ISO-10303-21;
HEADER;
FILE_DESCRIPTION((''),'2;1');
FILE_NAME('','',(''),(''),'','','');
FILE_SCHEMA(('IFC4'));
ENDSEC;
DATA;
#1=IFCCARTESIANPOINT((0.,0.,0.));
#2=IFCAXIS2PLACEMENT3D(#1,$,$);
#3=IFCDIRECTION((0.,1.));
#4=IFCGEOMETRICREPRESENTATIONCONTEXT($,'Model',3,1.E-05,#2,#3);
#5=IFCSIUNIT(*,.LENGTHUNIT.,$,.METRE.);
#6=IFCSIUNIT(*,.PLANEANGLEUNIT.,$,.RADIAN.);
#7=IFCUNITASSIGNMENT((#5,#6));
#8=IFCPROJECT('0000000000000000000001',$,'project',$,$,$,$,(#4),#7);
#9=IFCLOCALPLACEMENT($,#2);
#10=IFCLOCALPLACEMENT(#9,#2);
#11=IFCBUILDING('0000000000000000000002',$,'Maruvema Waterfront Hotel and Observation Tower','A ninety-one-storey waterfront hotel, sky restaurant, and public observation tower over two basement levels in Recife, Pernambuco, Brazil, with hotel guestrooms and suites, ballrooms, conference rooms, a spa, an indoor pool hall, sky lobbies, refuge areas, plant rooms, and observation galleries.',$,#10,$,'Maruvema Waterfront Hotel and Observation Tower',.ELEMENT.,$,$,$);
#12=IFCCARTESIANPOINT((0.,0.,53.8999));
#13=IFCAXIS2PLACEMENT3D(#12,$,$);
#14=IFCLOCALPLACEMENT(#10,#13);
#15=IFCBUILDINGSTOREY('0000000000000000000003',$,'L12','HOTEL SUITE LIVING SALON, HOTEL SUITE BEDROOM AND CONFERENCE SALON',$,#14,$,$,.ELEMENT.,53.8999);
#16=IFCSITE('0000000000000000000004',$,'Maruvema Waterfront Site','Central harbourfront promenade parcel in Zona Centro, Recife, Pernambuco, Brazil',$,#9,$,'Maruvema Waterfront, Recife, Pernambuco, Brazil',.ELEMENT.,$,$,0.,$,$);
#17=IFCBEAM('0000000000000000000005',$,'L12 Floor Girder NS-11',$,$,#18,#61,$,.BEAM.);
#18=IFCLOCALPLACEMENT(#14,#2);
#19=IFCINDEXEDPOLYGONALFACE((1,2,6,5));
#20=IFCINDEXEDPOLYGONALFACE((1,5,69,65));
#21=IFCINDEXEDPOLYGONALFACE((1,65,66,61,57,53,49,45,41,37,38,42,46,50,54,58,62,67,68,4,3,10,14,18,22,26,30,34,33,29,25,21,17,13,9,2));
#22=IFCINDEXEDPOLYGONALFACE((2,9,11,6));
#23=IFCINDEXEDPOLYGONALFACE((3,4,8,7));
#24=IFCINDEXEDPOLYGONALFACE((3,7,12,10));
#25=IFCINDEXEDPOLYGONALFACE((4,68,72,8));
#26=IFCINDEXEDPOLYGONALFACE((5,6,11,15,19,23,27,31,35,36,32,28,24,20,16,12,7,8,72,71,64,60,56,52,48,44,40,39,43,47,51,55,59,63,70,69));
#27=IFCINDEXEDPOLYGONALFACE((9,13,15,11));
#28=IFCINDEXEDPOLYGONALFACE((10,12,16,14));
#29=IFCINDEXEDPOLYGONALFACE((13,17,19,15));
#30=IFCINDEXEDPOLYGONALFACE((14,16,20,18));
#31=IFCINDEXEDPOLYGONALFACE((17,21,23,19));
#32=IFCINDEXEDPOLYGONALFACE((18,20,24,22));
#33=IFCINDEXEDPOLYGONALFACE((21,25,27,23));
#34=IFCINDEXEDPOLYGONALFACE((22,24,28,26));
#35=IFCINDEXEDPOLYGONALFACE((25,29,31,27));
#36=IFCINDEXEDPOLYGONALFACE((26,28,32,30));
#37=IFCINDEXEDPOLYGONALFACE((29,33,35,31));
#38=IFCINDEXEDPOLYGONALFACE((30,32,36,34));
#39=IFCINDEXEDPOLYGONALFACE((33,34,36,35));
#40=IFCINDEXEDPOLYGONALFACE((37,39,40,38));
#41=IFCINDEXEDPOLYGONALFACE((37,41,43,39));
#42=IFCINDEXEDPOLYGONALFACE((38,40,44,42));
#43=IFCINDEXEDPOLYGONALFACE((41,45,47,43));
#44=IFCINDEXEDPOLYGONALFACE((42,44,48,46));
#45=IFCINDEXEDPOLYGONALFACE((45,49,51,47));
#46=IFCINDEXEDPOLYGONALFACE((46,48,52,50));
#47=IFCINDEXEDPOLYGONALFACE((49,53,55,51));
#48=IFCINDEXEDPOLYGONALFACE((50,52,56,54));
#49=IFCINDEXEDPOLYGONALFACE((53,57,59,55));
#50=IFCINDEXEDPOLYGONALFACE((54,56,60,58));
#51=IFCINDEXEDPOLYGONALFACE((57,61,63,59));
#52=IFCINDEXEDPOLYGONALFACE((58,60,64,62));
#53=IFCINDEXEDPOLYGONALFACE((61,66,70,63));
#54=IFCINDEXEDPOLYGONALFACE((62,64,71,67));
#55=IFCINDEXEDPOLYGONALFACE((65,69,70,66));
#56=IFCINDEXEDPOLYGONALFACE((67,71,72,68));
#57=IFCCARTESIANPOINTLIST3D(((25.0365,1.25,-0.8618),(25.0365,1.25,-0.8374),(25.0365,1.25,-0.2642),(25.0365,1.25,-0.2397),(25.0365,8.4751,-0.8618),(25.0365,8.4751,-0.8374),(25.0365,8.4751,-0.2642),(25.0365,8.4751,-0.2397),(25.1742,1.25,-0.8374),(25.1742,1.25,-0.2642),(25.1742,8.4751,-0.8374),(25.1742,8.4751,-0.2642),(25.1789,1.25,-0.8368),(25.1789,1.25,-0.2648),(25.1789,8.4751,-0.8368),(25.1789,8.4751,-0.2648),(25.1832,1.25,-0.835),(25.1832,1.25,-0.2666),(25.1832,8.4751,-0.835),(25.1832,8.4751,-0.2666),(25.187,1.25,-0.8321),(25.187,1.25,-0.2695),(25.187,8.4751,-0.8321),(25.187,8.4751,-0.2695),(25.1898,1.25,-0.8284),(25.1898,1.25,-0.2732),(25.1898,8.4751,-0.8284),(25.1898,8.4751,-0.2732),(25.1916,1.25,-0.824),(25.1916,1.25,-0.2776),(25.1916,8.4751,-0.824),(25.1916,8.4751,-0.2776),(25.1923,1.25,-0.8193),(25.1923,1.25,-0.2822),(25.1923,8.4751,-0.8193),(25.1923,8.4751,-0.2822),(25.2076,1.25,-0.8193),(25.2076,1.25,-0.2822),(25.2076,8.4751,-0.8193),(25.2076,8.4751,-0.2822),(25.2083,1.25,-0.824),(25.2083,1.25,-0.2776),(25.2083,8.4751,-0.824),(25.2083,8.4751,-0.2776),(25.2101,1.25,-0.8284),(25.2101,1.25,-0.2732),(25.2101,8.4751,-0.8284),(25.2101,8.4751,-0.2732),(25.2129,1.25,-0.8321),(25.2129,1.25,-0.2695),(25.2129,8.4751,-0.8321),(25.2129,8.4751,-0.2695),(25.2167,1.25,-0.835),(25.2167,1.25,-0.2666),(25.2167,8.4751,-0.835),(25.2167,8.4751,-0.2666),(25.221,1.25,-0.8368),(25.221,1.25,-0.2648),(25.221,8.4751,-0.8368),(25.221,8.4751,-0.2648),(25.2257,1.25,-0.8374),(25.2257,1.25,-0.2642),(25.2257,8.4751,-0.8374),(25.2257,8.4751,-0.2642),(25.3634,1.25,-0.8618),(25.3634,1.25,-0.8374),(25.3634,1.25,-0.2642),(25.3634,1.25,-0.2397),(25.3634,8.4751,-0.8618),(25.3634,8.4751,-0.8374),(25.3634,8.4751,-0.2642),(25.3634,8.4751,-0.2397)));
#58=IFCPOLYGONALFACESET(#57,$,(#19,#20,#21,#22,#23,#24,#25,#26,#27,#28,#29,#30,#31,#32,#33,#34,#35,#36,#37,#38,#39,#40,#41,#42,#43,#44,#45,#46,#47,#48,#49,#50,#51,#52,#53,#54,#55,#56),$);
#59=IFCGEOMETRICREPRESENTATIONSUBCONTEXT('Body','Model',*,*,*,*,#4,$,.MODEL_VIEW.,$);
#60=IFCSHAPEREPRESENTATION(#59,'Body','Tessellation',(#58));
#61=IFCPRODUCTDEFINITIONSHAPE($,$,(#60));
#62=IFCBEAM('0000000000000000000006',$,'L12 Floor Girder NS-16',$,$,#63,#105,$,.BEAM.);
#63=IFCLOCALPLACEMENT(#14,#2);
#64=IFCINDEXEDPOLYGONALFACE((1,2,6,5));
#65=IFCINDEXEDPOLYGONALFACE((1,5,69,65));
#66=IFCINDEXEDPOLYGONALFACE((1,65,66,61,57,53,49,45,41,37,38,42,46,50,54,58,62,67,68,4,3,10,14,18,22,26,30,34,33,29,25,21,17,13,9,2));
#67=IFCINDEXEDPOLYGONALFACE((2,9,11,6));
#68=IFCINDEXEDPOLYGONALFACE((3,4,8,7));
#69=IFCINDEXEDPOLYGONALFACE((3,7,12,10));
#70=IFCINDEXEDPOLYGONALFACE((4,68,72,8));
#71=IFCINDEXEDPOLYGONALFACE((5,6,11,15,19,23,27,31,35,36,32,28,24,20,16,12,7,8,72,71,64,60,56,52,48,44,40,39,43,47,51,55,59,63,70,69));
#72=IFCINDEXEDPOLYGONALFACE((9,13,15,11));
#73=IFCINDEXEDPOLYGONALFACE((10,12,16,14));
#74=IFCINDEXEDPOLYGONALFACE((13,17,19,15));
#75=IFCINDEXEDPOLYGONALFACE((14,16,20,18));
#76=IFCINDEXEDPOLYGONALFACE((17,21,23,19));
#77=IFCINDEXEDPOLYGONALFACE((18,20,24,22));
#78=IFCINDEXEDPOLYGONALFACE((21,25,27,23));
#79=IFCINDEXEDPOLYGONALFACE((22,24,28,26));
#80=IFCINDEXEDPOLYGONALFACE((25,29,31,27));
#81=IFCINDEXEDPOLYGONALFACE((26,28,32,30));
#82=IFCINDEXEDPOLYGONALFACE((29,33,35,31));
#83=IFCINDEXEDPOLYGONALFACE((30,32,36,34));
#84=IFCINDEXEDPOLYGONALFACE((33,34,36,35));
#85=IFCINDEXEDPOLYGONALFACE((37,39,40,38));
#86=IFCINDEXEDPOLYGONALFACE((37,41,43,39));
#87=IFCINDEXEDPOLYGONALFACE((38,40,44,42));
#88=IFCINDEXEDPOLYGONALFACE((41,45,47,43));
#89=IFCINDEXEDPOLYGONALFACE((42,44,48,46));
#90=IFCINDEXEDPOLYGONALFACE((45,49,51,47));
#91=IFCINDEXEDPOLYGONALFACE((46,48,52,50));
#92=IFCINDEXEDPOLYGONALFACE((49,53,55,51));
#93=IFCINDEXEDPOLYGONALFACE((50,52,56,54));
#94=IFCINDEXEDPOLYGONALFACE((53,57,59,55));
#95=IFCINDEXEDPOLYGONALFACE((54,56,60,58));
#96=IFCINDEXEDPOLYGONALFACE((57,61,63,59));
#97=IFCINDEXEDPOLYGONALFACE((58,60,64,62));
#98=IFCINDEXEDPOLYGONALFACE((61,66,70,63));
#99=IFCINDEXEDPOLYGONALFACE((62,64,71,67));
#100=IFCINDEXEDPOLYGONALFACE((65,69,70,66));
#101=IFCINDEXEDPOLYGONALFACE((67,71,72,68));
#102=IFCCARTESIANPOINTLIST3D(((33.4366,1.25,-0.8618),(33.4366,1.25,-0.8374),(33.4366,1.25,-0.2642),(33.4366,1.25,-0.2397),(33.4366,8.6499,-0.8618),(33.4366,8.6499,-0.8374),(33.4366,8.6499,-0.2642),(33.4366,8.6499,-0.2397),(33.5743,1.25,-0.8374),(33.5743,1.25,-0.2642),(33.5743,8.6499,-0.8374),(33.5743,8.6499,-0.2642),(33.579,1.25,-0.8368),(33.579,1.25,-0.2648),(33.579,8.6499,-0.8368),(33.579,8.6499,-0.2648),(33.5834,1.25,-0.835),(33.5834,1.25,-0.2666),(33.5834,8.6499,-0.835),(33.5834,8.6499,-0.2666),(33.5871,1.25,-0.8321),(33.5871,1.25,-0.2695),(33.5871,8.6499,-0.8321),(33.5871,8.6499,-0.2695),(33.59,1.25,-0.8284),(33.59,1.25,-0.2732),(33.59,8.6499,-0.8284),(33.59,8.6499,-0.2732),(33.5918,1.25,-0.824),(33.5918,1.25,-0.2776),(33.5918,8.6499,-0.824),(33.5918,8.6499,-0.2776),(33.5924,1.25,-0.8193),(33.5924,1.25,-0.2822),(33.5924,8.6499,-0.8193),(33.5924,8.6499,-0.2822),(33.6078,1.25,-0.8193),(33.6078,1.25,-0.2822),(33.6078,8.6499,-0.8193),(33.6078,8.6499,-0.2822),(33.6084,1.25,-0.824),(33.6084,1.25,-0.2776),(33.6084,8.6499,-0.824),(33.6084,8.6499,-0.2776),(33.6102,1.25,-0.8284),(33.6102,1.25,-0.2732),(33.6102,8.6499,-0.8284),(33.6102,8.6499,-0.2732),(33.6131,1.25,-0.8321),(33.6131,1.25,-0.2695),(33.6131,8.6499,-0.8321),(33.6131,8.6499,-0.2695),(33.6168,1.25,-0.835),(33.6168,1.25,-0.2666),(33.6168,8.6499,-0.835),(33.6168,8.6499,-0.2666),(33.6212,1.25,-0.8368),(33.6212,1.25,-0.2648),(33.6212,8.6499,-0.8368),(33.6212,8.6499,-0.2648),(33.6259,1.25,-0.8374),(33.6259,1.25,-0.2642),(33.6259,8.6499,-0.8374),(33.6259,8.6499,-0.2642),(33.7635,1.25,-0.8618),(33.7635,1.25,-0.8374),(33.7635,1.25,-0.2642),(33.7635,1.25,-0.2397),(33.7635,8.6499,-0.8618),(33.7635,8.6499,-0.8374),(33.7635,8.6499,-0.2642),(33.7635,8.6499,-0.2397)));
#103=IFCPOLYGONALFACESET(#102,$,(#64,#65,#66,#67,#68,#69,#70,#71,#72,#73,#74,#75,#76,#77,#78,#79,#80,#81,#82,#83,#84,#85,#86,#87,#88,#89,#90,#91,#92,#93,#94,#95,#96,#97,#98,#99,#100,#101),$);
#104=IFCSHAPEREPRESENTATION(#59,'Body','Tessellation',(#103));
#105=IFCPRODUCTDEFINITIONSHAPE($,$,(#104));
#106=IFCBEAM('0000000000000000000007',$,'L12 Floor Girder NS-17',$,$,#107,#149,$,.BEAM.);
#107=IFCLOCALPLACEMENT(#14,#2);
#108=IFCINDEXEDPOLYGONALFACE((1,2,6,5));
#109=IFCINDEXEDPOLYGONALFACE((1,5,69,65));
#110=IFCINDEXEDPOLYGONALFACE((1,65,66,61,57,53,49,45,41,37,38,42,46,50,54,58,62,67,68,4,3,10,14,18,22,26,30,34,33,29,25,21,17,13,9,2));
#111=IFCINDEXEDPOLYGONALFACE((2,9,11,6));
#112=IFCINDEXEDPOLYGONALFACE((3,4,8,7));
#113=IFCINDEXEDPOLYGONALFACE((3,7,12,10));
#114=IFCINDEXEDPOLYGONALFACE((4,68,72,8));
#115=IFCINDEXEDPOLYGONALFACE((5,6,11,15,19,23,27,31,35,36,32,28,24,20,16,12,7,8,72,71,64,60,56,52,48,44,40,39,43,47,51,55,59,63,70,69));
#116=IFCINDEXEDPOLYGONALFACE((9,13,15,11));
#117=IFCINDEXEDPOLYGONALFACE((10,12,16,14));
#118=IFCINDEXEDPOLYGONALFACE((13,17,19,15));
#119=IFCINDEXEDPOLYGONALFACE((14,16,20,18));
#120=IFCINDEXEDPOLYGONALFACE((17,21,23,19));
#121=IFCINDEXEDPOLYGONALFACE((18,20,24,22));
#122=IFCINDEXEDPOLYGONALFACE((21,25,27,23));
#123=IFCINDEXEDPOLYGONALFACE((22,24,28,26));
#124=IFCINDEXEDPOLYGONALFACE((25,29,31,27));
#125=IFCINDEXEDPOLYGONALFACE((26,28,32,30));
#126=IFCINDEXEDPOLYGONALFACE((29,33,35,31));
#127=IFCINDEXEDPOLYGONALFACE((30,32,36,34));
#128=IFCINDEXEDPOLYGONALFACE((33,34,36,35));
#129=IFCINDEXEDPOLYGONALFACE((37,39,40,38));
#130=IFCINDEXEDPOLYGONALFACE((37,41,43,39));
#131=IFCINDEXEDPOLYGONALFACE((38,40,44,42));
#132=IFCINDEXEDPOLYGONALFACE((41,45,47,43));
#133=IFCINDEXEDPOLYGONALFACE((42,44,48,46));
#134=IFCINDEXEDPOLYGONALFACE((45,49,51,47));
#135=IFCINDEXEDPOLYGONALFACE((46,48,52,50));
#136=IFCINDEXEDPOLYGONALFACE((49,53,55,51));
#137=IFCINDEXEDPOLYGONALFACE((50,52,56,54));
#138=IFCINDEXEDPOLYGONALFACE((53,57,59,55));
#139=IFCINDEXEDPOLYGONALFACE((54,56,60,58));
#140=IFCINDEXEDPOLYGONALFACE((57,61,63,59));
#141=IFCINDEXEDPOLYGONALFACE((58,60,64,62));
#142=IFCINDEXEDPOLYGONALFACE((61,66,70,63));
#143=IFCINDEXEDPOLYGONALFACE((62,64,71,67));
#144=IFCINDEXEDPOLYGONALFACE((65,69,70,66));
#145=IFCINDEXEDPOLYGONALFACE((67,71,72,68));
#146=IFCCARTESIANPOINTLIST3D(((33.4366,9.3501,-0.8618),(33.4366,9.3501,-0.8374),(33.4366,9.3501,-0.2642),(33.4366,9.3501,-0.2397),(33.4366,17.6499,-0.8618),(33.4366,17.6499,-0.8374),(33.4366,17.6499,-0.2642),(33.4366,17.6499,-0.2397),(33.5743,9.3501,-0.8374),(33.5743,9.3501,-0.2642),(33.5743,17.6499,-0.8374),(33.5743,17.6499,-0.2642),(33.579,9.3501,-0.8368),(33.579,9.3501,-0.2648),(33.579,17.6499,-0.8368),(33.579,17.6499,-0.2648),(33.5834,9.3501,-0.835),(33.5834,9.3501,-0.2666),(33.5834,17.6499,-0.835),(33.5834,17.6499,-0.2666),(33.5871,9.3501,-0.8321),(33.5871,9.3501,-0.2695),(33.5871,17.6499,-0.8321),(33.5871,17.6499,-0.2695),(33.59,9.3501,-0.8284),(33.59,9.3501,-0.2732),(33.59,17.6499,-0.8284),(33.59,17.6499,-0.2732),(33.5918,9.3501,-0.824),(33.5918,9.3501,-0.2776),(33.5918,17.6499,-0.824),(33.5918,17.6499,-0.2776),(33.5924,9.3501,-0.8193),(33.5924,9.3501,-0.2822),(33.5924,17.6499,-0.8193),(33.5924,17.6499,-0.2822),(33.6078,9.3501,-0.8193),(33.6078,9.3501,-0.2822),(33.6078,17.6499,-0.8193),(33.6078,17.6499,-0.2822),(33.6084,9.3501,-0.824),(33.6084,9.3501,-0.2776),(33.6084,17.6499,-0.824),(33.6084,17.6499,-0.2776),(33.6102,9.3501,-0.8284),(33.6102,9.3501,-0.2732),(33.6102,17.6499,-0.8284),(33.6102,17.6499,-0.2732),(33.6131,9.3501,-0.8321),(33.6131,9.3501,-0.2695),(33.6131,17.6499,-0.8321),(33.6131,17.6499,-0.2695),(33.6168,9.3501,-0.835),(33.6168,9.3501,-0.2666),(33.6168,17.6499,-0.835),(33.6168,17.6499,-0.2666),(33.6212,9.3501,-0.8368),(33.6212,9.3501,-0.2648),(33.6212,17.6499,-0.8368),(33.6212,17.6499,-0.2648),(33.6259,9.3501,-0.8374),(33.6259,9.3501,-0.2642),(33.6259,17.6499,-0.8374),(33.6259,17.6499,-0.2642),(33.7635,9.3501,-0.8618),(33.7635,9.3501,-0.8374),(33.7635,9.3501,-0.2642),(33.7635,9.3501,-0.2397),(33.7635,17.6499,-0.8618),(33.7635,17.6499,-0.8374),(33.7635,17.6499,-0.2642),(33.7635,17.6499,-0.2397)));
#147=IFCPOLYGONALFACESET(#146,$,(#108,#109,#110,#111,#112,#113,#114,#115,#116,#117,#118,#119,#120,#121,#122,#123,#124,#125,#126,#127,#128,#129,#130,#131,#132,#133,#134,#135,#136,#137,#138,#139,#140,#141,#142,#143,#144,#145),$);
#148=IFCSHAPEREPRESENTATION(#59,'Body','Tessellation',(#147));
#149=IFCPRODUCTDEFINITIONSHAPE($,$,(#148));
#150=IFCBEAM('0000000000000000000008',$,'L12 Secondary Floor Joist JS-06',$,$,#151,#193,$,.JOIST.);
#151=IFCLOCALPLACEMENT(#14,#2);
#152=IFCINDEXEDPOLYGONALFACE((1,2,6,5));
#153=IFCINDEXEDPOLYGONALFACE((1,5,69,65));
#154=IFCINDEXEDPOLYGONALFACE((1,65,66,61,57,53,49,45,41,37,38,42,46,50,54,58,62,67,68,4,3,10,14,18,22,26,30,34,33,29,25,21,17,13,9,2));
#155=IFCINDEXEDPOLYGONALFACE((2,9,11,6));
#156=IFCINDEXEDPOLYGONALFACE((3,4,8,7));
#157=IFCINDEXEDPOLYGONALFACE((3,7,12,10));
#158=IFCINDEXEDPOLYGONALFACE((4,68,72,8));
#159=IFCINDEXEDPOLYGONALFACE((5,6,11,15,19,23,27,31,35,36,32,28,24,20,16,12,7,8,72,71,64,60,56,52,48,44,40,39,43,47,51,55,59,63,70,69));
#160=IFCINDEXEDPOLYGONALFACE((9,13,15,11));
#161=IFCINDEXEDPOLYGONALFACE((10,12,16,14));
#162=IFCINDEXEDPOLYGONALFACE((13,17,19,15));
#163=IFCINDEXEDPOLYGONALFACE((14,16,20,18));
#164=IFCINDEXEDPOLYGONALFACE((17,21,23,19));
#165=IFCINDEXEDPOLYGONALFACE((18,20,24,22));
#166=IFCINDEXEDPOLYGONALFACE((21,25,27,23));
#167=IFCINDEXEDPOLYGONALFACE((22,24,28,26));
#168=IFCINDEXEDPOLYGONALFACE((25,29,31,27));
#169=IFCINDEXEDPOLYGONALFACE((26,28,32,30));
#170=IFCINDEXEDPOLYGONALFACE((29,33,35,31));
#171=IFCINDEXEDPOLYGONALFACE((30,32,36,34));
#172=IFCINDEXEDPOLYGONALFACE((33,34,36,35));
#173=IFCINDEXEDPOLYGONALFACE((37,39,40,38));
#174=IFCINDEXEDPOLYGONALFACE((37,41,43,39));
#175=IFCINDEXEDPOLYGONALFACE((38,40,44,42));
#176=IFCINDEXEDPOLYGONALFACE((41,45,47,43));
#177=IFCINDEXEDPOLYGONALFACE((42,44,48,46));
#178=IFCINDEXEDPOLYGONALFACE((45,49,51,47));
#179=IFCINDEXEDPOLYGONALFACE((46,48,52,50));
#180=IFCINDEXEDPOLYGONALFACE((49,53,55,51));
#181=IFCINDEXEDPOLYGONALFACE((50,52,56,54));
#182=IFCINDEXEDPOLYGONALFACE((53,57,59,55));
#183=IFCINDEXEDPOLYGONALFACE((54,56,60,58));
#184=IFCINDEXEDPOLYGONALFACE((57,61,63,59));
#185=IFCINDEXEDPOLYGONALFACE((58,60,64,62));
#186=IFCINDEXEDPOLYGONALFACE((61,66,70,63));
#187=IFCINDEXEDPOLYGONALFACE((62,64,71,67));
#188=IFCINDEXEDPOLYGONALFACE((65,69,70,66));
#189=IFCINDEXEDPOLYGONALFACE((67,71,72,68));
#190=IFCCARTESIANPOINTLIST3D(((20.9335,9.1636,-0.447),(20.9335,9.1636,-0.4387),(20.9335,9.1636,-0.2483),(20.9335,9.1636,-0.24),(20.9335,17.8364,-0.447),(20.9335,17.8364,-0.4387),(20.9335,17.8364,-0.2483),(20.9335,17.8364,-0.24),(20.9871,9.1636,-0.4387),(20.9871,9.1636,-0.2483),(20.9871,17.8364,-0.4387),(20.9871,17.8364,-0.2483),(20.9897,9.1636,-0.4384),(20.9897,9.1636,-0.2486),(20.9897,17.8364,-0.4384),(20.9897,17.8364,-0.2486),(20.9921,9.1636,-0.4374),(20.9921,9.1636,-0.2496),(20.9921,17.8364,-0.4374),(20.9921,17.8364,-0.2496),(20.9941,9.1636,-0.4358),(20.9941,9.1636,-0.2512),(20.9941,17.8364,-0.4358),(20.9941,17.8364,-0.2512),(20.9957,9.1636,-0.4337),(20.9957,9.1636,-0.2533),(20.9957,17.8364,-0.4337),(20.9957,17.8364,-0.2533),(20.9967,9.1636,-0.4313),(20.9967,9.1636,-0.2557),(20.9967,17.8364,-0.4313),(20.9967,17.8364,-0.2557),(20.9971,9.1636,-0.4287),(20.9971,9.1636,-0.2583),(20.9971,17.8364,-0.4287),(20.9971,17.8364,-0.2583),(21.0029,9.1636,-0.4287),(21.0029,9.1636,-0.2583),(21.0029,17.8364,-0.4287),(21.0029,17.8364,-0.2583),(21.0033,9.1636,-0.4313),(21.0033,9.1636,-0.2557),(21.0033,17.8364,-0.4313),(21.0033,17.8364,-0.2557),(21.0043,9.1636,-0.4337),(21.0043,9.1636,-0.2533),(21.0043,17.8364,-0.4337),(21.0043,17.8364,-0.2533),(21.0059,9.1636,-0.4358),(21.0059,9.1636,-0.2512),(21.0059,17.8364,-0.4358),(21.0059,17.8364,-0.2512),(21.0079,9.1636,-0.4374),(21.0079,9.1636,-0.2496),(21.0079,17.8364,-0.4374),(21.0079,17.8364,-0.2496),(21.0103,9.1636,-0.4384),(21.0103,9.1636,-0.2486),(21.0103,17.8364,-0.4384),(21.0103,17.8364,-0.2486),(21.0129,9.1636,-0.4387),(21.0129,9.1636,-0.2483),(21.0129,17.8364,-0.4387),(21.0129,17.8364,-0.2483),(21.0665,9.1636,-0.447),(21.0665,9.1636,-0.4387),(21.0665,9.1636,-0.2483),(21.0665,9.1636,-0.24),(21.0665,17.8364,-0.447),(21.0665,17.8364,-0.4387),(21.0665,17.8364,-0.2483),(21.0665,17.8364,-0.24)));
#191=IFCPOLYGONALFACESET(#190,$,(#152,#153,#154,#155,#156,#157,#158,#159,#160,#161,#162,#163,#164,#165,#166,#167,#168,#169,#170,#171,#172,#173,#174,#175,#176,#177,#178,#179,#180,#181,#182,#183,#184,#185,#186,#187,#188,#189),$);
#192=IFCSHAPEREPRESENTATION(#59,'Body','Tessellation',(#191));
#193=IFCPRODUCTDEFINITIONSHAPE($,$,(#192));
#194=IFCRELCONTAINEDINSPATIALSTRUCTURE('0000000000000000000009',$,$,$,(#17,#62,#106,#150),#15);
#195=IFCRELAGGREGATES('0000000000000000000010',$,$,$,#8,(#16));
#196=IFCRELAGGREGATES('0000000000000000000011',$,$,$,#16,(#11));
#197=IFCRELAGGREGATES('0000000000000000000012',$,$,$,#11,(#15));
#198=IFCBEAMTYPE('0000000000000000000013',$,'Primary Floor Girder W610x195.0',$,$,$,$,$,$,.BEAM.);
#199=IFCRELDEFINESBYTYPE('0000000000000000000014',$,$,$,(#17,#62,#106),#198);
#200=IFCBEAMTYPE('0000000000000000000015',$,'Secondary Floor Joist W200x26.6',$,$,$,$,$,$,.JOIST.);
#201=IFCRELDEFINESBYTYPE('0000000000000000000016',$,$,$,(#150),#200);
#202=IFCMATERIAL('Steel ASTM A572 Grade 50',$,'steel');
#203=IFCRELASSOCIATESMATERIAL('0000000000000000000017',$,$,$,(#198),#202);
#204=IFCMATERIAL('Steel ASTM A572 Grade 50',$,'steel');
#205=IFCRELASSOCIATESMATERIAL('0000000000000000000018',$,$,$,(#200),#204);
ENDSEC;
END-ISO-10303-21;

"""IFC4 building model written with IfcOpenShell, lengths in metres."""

from ifc_helpers import new_model, si_unit, direction, frame, origin, origin_2d, place, context, subcontext, project, spatial, i_section, extrude, material, material_profile, profile_set, type_object, element, save


model = new_model("IFC4")

# Units and contexts
model_context = context("Model", 3, precision=1e-05, world=origin(), true_north=direction((0.0, 1.0)))
body_context = subcontext(model_context, "Body", "Model", "MODEL_VIEW")
ifc_project = project(units=[si_unit("LENGTHUNIT", "METRE"), si_unit("PLANEANGLEUNIT", "RADIAN")], contexts=[model_context])

# Site, building, storey
site_placement = place(None, origin())
site = spatial("IfcSite", under=ifc_project, at=site_placement, Name="Maruvema Waterfront Site", Description="Central harbourfront promenade parcel in Zona Centro, Recife, Pernambuco, Brazil", LongName="Maruvema Waterfront, Recife, Pernambuco, Brazil", CompositionType="ELEMENT", RefElevation=0.0)
building_placement = place(site_placement, origin())
building = spatial("IfcBuilding", under=site, at=building_placement, Name="Maruvema Waterfront Hotel and Observation Tower", Description="A ninety-one-storey waterfront hotel, sky restaurant, and public observation tower over two basement levels in Recife, Pernambuco, Brazil, with hotel guestrooms and suites, ballrooms, conference rooms, a spa, an indoor pool hall, sky lobbies, refuge areas, plant rooms, and observation galleries.", LongName="Maruvema Waterfront Hotel and Observation Tower", CompositionType="ELEMENT")
storey_placement = place(building_placement, frame((0.0, 0.0, 53.8999)))
storey = spatial("IfcBuildingStorey", under=building, at=storey_placement, Name="L12", Description="HOTEL SUITE LIVING SALON, HOTEL SUITE BEDROOM AND CONFERENCE SALON", CompositionType="ELEMENT", Elevation=53.8999)

# Beams
ifc_material_1 = material(Name="Steel ASTM A572 Grade 50", Category="steel")
ifc_material_profile_1 = material_profile(ifc_material_1, i_section(OverallWidth=0.3269, OverallDepth=0.6221, WebThickness=0.0154, FlangeThickness=0.0244, FilletRadius=0.0181, at=origin_2d()), Name="W610x195.0")
ifc_profile_set_1 = profile_set([ifc_material_profile_1], Name="Steel ASTM A572 Grade 50")
beam_type_1 = type_object("IfcBeamType", Name="Primary Floor Girder W610x195.0", PredefinedType="BEAM", material=ifc_profile_set_1)
beam_1_placement = place(storey_placement, frame((25.2, 1.25, -0.5508), z_axis=(0.0, 1.0, 0.0), x_axis=(-1.0, 0.0, 0.0)))
element("IfcBeam", 1, at=beam_1_placement, inside=storey, type_object=beam_type_1, Name="L12 Floor Girder NS-11", PredefinedType="BEAM", context=body_context, shape_type="SweptSolid", body=[
    extrude(i_section(OverallWidth=0.3269, OverallDepth=0.6221, WebThickness=0.0154, FlangeThickness=0.0244, FilletRadius=0.0181, at=origin_2d()), origin(), (0.0, 0.0, 1.0), 7.2251),
])
beam_2_placement = place(storey_placement, frame((33.6001, 1.25, -0.5508), z_axis=(0.0, 1.0, 0.0), x_axis=(-1.0, 0.0, 0.0)))
element("IfcBeam", 2, at=beam_2_placement, inside=storey, type_object=beam_type_1, Name="L12 Floor Girder NS-16", PredefinedType="BEAM", context=body_context, shape_type="SweptSolid", body=[
    extrude(i_section(OverallWidth=0.3269, OverallDepth=0.6221, WebThickness=0.0154, FlangeThickness=0.0244, FilletRadius=0.0181, at=origin_2d()), origin(), (0.0, 0.0, 1.0), 7.3999),
])
beam_3_placement = place(storey_placement, frame((33.6001, 9.3501, -0.5508), z_axis=(0.0, 1.0, 0.0), x_axis=(-1.0, 0.0, 0.0)))
element("IfcBeam", 3, at=beam_3_placement, inside=storey, type_object=beam_type_1, Name="L12 Floor Girder NS-17", PredefinedType="BEAM", context=body_context, shape_type="SweptSolid", body=[
    extrude(i_section(OverallWidth=0.3269, OverallDepth=0.6221, WebThickness=0.0154, FlangeThickness=0.0244, FilletRadius=0.0181, at=origin_2d()), origin(), (0.0, 0.0, 1.0), 8.2998),
])
ifc_material_2 = material(Name="Steel ASTM A572 Grade 50", Category="steel")
ifc_material_profile_2 = material_profile(ifc_material_2, i_section(OverallWidth=0.1331, OverallDepth=0.207, WebThickness=0.0059, FlangeThickness=0.0083, FilletRadius=0.01, at=origin_2d()), Name="W200x26.6")
ifc_profile_set_2 = profile_set([ifc_material_profile_2], Name="Steel ASTM A572 Grade 50")
beam_type_2 = type_object("IfcBeamType", Name="Secondary Floor Joist W200x26.6", PredefinedType="JOIST", material=ifc_profile_set_2)
beam_4_placement = place(storey_placement, frame((21.0, 9.1636, -0.3435), z_axis=(0.0, 1.0, 0.0), x_axis=(-1.0, 0.0, 0.0)))
element("IfcBeam", 4, at=beam_4_placement, inside=storey, type_object=beam_type_2, Name="L12 Secondary Floor Joist JS-06", PredefinedType="JOIST", context=body_context, shape_type="SweptSolid", body=[
    extrude(i_section(OverallWidth=0.1331, OverallDepth=0.207, WebThickness=0.0059, FlangeThickness=0.0083, FilletRadius=0.01, at=origin_2d()), origin(), (0.0, 0.0, 1.0), 8.6729),
])

save(model, "model.ifc")
